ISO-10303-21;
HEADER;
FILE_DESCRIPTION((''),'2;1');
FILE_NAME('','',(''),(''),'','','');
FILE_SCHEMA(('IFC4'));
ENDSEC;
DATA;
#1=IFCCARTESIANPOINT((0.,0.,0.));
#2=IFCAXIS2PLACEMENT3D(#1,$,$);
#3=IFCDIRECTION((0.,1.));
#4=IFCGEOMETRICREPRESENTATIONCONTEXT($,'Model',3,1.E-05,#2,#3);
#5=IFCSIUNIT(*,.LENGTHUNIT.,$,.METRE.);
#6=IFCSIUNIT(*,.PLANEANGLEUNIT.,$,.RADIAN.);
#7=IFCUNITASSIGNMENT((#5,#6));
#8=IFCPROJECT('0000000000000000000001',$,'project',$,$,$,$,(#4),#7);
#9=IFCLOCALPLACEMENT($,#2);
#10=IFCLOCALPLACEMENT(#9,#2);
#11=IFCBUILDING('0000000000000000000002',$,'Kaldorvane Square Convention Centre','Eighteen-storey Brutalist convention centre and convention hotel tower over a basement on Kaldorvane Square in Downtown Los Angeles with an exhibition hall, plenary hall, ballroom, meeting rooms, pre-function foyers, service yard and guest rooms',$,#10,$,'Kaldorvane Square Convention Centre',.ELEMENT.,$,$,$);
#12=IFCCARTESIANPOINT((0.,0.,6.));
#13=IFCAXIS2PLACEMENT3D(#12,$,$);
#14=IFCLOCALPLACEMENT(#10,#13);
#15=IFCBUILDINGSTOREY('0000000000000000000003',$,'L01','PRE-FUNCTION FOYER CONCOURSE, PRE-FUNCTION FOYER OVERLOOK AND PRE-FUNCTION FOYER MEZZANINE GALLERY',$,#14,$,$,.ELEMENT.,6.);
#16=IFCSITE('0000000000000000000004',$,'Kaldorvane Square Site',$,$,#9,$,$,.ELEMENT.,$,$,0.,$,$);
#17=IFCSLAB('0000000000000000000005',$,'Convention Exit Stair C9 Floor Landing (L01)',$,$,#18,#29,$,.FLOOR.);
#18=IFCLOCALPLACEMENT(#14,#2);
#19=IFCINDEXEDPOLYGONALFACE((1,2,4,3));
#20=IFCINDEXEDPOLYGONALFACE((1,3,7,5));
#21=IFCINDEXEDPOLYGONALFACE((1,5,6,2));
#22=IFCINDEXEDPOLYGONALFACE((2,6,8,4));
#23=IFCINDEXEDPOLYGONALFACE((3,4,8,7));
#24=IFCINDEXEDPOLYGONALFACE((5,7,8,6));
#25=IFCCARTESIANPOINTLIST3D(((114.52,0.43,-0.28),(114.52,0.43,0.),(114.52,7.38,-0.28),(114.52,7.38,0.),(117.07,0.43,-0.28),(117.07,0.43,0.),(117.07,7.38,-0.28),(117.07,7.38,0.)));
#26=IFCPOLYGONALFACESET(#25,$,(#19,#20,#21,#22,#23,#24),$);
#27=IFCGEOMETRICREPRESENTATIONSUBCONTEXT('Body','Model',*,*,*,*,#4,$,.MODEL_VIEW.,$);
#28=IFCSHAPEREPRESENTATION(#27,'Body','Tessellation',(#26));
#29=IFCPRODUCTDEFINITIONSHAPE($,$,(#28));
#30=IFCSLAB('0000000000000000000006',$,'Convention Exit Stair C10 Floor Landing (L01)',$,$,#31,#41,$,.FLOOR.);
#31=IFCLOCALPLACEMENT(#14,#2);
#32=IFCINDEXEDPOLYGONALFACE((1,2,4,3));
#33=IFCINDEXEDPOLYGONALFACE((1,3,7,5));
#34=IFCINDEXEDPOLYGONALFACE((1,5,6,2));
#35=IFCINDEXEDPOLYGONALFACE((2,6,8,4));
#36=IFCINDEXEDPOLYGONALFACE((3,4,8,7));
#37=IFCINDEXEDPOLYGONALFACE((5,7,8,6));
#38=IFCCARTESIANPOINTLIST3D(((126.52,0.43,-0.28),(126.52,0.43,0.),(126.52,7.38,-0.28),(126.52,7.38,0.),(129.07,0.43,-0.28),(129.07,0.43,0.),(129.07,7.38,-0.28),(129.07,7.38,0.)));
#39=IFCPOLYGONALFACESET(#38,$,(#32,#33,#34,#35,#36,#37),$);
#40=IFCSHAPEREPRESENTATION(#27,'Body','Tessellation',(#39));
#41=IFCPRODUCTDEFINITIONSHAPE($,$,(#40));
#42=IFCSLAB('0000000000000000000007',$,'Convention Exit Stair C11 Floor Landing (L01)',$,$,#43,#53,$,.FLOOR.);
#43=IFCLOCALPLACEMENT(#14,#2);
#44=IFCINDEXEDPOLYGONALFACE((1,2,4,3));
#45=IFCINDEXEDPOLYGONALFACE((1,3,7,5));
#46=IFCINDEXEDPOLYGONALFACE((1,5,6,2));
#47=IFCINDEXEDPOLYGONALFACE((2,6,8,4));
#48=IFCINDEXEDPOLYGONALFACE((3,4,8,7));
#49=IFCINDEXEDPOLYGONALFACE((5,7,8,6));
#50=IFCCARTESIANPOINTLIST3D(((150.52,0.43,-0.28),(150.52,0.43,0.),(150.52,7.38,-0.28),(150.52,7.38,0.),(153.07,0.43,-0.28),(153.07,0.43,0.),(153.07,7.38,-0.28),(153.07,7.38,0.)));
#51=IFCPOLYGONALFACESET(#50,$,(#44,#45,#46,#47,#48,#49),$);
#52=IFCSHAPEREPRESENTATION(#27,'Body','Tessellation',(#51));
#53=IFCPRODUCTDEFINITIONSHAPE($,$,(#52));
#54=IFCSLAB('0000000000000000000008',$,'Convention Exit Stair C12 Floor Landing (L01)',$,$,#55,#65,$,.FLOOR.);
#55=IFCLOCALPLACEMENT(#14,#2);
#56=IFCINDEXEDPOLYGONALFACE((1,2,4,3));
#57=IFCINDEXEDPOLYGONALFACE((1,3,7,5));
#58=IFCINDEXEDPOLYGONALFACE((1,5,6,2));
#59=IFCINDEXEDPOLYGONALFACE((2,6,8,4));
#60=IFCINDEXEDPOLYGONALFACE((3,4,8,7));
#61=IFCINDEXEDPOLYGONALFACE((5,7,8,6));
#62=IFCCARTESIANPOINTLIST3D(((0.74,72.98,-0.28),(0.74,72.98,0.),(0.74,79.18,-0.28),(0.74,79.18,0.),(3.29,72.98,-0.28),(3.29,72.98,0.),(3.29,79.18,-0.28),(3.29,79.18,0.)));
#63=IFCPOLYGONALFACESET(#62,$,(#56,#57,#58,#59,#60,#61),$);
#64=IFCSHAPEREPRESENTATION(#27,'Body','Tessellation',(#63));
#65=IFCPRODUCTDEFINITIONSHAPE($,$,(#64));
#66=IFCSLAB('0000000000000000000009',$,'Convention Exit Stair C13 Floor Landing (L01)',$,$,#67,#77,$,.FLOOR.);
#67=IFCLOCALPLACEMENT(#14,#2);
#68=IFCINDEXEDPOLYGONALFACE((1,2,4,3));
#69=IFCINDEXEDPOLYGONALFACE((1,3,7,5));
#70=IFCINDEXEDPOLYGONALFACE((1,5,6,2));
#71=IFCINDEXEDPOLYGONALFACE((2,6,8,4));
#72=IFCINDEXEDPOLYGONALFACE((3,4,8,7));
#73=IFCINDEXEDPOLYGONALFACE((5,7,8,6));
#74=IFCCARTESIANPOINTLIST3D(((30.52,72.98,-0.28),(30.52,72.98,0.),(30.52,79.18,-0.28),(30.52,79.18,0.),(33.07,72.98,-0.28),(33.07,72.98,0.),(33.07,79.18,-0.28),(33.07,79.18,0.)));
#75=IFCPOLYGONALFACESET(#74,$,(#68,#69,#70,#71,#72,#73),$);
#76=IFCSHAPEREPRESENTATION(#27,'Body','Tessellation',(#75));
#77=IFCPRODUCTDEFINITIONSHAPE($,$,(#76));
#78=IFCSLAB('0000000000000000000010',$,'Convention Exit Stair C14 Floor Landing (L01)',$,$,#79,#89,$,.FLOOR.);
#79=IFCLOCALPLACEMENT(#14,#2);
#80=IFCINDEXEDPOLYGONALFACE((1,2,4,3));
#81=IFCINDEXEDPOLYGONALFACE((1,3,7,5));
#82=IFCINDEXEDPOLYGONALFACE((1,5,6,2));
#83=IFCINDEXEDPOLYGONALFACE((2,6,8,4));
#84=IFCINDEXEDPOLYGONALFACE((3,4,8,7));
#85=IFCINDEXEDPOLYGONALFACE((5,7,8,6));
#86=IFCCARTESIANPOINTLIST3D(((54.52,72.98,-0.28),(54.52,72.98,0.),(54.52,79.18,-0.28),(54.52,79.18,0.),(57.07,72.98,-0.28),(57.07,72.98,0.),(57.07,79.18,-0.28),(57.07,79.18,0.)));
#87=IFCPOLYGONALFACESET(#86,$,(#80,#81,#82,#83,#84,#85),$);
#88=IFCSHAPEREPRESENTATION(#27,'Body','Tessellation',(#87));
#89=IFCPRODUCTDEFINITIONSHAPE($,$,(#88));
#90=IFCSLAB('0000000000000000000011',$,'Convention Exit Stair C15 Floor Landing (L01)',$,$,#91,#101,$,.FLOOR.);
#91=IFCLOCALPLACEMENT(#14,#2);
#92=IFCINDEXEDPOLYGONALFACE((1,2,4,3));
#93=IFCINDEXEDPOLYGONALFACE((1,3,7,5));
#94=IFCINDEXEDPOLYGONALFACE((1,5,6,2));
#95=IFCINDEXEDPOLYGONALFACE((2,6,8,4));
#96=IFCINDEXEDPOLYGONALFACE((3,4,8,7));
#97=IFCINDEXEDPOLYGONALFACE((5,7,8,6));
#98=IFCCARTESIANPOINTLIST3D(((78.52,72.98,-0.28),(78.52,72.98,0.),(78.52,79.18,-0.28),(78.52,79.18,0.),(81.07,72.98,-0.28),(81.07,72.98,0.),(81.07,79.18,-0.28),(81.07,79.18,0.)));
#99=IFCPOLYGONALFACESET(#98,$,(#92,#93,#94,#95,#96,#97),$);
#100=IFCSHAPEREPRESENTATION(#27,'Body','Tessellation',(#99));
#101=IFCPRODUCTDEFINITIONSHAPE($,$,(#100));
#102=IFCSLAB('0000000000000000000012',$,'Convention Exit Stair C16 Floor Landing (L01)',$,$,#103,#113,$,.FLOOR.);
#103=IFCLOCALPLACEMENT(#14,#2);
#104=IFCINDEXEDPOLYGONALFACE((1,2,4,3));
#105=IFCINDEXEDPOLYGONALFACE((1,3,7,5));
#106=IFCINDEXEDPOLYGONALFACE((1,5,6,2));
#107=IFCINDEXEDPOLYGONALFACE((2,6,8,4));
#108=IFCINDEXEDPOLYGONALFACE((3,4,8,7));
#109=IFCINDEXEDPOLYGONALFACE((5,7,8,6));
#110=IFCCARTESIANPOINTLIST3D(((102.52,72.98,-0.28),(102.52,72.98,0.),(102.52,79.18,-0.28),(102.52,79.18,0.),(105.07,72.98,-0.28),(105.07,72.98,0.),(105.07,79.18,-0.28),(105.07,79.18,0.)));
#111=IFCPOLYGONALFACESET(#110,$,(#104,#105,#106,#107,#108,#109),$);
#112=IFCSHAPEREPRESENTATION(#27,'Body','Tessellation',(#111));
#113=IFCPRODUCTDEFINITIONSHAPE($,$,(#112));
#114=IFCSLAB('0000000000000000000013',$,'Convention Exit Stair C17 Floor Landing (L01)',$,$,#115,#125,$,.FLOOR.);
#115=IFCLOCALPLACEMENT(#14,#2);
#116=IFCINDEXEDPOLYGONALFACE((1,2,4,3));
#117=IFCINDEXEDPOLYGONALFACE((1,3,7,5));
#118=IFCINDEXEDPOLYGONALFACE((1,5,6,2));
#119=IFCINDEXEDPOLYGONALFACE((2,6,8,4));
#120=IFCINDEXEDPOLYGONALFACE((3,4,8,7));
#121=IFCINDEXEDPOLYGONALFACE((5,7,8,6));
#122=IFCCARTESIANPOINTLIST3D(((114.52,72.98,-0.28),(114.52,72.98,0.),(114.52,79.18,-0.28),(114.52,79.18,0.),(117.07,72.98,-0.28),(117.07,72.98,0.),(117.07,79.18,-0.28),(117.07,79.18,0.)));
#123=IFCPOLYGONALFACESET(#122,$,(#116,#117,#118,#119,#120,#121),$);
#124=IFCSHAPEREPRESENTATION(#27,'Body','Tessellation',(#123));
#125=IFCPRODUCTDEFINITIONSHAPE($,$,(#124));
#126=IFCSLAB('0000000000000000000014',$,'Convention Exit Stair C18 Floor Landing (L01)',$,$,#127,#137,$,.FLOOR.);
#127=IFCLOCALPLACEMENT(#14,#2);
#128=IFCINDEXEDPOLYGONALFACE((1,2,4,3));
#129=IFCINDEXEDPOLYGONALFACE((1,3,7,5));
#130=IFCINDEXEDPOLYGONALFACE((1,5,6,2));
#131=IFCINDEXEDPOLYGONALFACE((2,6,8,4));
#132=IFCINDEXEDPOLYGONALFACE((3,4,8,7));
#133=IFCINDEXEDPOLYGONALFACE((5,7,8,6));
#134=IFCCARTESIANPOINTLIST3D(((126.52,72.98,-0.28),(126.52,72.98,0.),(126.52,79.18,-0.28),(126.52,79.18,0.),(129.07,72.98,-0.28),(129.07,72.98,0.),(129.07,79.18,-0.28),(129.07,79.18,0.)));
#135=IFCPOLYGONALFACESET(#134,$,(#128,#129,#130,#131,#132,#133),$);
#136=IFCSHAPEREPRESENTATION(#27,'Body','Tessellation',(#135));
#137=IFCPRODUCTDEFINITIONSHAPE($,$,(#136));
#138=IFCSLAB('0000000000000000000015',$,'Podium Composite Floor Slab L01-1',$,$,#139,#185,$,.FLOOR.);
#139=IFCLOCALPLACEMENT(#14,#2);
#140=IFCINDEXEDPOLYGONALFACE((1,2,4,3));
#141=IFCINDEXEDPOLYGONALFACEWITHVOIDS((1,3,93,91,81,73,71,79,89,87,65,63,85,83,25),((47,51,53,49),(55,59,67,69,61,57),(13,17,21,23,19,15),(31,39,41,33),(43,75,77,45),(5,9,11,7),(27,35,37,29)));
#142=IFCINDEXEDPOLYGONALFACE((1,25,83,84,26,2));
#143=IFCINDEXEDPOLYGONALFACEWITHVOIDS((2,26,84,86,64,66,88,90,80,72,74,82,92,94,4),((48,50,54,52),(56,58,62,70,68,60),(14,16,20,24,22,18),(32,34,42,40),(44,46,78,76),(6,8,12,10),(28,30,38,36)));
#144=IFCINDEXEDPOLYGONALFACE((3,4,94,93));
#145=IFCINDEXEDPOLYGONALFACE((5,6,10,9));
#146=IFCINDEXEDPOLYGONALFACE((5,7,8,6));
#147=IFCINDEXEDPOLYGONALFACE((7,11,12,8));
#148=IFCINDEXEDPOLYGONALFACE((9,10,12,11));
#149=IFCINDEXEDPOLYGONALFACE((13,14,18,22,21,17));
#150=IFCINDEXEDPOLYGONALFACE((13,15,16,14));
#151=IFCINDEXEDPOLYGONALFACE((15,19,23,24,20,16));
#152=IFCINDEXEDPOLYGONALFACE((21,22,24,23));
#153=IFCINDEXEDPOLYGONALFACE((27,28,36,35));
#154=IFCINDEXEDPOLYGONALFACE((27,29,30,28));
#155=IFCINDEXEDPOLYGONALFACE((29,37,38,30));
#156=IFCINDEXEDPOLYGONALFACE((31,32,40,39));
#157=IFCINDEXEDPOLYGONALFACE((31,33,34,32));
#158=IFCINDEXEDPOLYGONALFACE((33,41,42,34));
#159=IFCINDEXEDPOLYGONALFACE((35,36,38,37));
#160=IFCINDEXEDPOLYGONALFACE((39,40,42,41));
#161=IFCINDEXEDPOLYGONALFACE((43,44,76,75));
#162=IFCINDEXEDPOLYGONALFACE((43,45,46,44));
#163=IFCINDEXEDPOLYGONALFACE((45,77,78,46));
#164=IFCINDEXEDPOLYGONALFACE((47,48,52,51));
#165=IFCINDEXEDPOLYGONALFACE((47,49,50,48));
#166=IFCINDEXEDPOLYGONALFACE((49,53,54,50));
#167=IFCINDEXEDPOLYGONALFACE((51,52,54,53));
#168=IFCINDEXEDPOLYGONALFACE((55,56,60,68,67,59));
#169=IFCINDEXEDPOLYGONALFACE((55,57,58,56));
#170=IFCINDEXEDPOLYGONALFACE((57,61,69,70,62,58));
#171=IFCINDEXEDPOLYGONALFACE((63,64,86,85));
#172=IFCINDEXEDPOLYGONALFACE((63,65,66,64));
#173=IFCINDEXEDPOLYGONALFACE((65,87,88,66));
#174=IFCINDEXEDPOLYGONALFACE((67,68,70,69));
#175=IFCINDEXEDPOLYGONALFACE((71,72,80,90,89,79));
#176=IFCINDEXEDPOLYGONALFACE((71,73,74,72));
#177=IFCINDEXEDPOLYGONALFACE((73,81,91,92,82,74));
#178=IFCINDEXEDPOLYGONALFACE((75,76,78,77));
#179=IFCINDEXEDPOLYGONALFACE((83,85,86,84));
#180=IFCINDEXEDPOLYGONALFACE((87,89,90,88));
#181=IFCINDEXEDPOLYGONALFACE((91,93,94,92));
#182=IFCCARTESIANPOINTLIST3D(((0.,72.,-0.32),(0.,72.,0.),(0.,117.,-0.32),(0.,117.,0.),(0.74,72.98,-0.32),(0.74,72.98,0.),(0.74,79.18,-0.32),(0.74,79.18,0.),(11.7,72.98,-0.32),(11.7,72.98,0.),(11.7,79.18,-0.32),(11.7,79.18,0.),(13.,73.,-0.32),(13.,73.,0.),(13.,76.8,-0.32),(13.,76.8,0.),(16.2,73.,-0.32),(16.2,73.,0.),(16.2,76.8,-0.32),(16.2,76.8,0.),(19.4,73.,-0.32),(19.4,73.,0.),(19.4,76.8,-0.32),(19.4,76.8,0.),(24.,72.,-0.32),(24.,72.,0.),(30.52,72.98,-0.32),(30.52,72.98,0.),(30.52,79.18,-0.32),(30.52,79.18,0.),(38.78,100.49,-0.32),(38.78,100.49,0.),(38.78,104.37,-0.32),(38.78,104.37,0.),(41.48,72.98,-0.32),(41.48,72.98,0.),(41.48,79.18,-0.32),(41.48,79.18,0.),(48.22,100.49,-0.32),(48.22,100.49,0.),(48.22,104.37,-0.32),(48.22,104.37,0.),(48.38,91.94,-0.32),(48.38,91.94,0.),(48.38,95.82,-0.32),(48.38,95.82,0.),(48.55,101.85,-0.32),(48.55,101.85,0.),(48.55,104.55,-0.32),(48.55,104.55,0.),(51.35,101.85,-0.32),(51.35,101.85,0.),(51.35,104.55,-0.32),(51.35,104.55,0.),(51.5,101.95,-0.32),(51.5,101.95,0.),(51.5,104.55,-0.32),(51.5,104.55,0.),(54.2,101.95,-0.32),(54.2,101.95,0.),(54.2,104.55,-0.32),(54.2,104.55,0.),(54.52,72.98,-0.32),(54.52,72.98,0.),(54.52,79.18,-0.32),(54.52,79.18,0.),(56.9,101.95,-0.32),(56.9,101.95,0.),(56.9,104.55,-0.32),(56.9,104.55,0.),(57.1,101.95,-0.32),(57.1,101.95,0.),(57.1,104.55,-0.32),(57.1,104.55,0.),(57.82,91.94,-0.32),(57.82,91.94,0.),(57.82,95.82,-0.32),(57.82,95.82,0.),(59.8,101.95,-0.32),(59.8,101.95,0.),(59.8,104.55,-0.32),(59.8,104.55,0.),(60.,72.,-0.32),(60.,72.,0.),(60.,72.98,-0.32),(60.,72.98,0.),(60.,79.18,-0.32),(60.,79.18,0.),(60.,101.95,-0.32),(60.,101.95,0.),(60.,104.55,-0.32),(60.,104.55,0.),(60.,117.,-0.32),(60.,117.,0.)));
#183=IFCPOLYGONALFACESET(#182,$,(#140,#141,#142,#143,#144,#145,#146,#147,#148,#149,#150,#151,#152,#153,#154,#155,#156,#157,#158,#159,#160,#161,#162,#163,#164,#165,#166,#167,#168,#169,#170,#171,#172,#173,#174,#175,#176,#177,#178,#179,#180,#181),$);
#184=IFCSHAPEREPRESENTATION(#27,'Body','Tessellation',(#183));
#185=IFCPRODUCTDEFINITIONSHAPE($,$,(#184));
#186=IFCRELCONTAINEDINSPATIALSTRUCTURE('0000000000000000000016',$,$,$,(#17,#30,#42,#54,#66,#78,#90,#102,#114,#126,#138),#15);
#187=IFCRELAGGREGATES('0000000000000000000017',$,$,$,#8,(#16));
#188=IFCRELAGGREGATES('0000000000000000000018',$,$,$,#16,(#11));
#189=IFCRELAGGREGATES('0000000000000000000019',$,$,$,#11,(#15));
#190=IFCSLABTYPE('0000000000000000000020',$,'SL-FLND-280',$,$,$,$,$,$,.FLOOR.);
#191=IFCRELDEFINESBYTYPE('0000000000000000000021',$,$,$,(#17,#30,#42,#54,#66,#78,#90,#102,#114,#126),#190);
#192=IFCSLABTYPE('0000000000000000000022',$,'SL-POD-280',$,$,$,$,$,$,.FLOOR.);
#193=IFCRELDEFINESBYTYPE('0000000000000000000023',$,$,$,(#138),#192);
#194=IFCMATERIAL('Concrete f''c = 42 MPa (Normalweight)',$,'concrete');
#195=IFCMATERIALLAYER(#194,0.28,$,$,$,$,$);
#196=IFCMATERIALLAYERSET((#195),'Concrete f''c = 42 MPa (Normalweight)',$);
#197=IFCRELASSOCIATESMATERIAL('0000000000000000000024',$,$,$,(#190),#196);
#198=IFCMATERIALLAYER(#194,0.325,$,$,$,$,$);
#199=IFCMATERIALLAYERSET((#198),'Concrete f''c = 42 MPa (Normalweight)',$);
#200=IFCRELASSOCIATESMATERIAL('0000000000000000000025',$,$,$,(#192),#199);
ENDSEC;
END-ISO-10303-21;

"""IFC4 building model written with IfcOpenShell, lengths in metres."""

from ifc_helpers import new_model, si_unit, direction, frame, origin, place, context, subcontext, project, spatial, polyline, outline, extrude, material, layer, layer_set, type_object, element, save


model = new_model("IFC4")

# Units and contexts
model_context = context("Model", 3, precision=1e-05, world=origin(), true_north=direction((0.0, 1.0)))
body_context = subcontext(model_context, "Body", "Model", "MODEL_VIEW")
ifc_project = project(units=[si_unit("LENGTHUNIT", "METRE"), si_unit("PLANEANGLEUNIT", "RADIAN")], contexts=[model_context])

# Site, building, storey
site_placement = place(None, origin())
site = spatial("IfcSite", under=ifc_project, at=site_placement, Name="Kaldorvane Square Site", CompositionType="ELEMENT", RefElevation=0.0)
building_placement = place(site_placement, origin())
building = spatial("IfcBuilding", under=site, at=building_placement, Name="Kaldorvane Square Convention Centre", Description="Eighteen-storey Brutalist convention centre and convention hotel tower over a basement on Kaldorvane Square in Downtown Los Angeles with an exhibition hall, plenary hall, ballroom, meeting rooms, pre-function foyers, service yard and guest rooms", LongName="Kaldorvane Square Convention Centre", CompositionType="ELEMENT")
storey_placement = place(building_placement, frame((0.0, 0.0, 6.0)))
storey = spatial("IfcBuildingStorey", under=building, at=storey_placement, Name="L01", Description="PRE-FUNCTION FOYER CONCOURSE, PRE-FUNCTION FOYER OVERLOOK AND PRE-FUNCTION FOYER MEZZANINE GALLERY", CompositionType="ELEMENT", Elevation=6.0)

# Slabs
ifc_material_1 = material(Name="Concrete f'c = 42 MPa (Normalweight)", Category="concrete")
ifc_layer_1 = layer(ifc_material_1, 0.28)
ifc_layer_set_1 = layer_set([ifc_layer_1], Name="Concrete f'c = 42 MPa (Normalweight)")
slab_type_1 = type_object("IfcSlabType", Name="SL-FLND-280", PredefinedType="FLOOR", material=ifc_layer_set_1)
slab_1_placement = place(storey_placement, frame((0.0, 0.0, -0.28)))
element("IfcSlab", 1, at=slab_1_placement, inside=storey, type_object=slab_type_1, Name="Convention Exit Stair C9 Floor Landing (L01)", PredefinedType="FLOOR", context=body_context, shape_type="SweptSolid", body=[
    extrude(outline(polyline([(114.52, 0.43), (117.07, 0.43), (117.07, 7.38), (114.52, 7.38), (114.52, 0.43)])), origin(), (0.0, 0.0, 1.0), 0.28),
])
slab_2_placement = place(storey_placement, frame((0.0, 0.0, -0.28)))
element("IfcSlab", 2, at=slab_2_placement, inside=storey, type_object=slab_type_1, Name="Convention Exit Stair C10 Floor Landing (L01)", PredefinedType="FLOOR", context=body_context, shape_type="SweptSolid", body=[
    extrude(outline(polyline([(126.52, 0.43), (129.07, 0.43), (129.07, 7.38), (126.52, 7.38), (126.52, 0.43)])), origin(), (0.0, 0.0, 1.0), 0.28),
])
slab_3_placement = place(storey_placement, frame((0.0, 0.0, -0.28)))
element("IfcSlab", 3, at=slab_3_placement, inside=storey, type_object=slab_type_1, Name="Convention Exit Stair C11 Floor Landing (L01)", PredefinedType="FLOOR", context=body_context, shape_type="SweptSolid", body=[
    extrude(outline(polyline([(150.52, 0.43), (153.07, 0.43), (153.07, 7.38), (150.52, 7.38), (150.52, 0.43)])), origin(), (0.0, 0.0, 1.0), 0.28),
])
slab_4_placement = place(storey_placement, frame((0.0, 0.0, -0.28)))
element("IfcSlab", 4, at=slab_4_placement, inside=storey, type_object=slab_type_1, Name="Convention Exit Stair C12 Floor Landing (L01)", PredefinedType="FLOOR", context=body_context, shape_type="SweptSolid", body=[
    extrude(outline(polyline([(0.74, 72.98), (3.29, 72.98), (3.29, 79.18), (0.74, 79.18), (0.74, 72.98)])), origin(), (0.0, 0.0, 1.0), 0.28),
])
slab_5_placement = place(storey_placement, frame((0.0, 0.0, -0.28)))
element("IfcSlab", 5, at=slab_5_placement, inside=storey, type_object=slab_type_1, Name="Convention Exit Stair C13 Floor Landing (L01)", PredefinedType="FLOOR", context=body_context, shape_type="SweptSolid", body=[
    extrude(outline(polyline([(30.52, 72.98), (33.07, 72.98), (33.07, 79.18), (30.52, 79.18), (30.52, 72.98)])), origin(), (0.0, 0.0, 1.0), 0.28),
])
slab_6_placement = place(storey_placement, frame((0.0, 0.0, -0.28)))
element("IfcSlab", 6, at=slab_6_placement, inside=storey, type_object=slab_type_1, Name="Convention Exit Stair C14 Floor Landing (L01)", PredefinedType="FLOOR", context=body_context, shape_type="SweptSolid", body=[
    extrude(outline(polyline([(54.52, 72.98), (57.07, 72.98), (57.07, 79.18), (54.52, 79.18), (54.52, 72.98)])), origin(), (0.0, 0.0, 1.0), 0.28),
])
slab_7_placement = place(storey_placement, frame((0.0, 0.0, -0.28)))
element("IfcSlab", 7, at=slab_7_placement, inside=storey, type_object=slab_type_1, Name="Convention Exit Stair C15 Floor Landing (L01)", PredefinedType="FLOOR", context=body_context, shape_type="SweptSolid", body=[
    extrude(outline(polyline([(78.52, 72.98), (81.07, 72.98), (81.07, 79.18), (78.52, 79.18), (78.52, 72.98)])), origin(), (0.0, 0.0, 1.0), 0.28),
])
slab_8_placement = place(storey_placement, frame((0.0, 0.0, -0.28)))
element("IfcSlab", 8, at=slab_8_placement, inside=storey, type_object=slab_type_1, Name="Convention Exit Stair C16 Floor Landing (L01)", PredefinedType="FLOOR", context=body_context, shape_type="SweptSolid", body=[
    extrude(outline(polyline([(102.52, 72.98), (105.07, 72.98), (105.07, 79.18), (102.52, 79.18), (102.52, 72.98)])), origin(), (0.0, 0.0, 1.0), 0.28),
])
slab_9_placement = place(storey_placement, frame((0.0, 0.0, -0.28)))
element("IfcSlab", 9, at=slab_9_placement, inside=storey, type_object=slab_type_1, Name="Convention Exit Stair C17 Floor Landing (L01)", PredefinedType="FLOOR", context=body_context, shape_type="SweptSolid", body=[
    extrude(outline(polyline([(114.52, 72.98), (117.07, 72.98), (117.07, 79.18), (114.52, 79.18), (114.52, 72.98)])), origin(), (0.0, 0.0, 1.0), 0.28),
])
slab_10_placement = place(storey_placement, frame((0.0, 0.0, -0.28)))
element("IfcSlab", 10, at=slab_10_placement, inside=storey, type_object=slab_type_1, Name="Convention Exit Stair C18 Floor Landing (L01)", PredefinedType="FLOOR", context=body_context, shape_type="SweptSolid", body=[
    extrude(outline(polyline([(126.52, 72.98), (129.07, 72.98), (129.07, 79.18), (126.52, 79.18), (126.52, 72.98)])), origin(), (0.0, 0.0, 1.0), 0.28),
])
ifc_layer_2 = layer(ifc_material_1, 0.325)
ifc_layer_set_2 = layer_set([ifc_layer_2], Name="Concrete f'c = 42 MPa (Normalweight)")
slab_type_2 = type_object("IfcSlabType", Name="SL-POD-280", PredefinedType="FLOOR", material=ifc_layer_set_2)
slab_11_placement = place(storey_placement, frame((0.0, 0.0, -0.32)))
element("IfcSlab", 11, at=slab_11_placement, inside=storey, type_object=slab_type_2, Name="Podium Composite Floor Slab L01-1", PredefinedType="FLOOR", context=body_context, shape_type="SweptSolid", body=[
    extrude(outline(polyline([(0.0, 117.0), (60.0, 117.0), (60.0, 104.55), (59.8, 104.55), (57.1, 104.55), (57.1, 101.95), (59.8, 101.95), (60.0, 101.95), (60.0, 79.18), (54.52, 79.18), (54.52, 72.98), (60.0, 72.98), (60.0, 72.0), (24.0, 72.0), (0.0, 72.0), (0.0, 117.0)]), holes=[polyline([(19.4, 76.8), (16.2, 76.8), (13.0, 76.8), (13.0, 73.0), (16.2, 73.0), (19.4, 73.0), (19.4, 76.8)]), polyline([(30.52, 72.98), (41.48, 72.98), (41.48, 79.18), (30.52, 79.18), (30.52, 72.98)]), polyline([(0.74, 72.98), (11.7, 72.98), (11.7, 79.18), (0.74, 79.18), (0.74, 72.98)]), polyline([(57.82, 91.94), (57.82, 95.82), (48.38, 95.82), (48.38, 91.94), (57.82, 91.94)]), polyline([(48.22, 100.49), (48.22, 104.37), (38.78, 104.37), (38.78, 100.49), (48.22, 100.49)]), polyline([(51.35, 101.85), (51.35, 104.55), (48.55, 104.55), (48.55, 101.85), (51.35, 101.85)]), polyline([(54.2, 101.95), (56.9, 101.95), (56.9, 104.55), (54.2, 104.55), (51.5, 104.55), (51.5, 101.95), (54.2, 101.95)])]), origin(), (0.0, 0.0, 1.0), 0.32),
])

save(model, "model.ifc")
